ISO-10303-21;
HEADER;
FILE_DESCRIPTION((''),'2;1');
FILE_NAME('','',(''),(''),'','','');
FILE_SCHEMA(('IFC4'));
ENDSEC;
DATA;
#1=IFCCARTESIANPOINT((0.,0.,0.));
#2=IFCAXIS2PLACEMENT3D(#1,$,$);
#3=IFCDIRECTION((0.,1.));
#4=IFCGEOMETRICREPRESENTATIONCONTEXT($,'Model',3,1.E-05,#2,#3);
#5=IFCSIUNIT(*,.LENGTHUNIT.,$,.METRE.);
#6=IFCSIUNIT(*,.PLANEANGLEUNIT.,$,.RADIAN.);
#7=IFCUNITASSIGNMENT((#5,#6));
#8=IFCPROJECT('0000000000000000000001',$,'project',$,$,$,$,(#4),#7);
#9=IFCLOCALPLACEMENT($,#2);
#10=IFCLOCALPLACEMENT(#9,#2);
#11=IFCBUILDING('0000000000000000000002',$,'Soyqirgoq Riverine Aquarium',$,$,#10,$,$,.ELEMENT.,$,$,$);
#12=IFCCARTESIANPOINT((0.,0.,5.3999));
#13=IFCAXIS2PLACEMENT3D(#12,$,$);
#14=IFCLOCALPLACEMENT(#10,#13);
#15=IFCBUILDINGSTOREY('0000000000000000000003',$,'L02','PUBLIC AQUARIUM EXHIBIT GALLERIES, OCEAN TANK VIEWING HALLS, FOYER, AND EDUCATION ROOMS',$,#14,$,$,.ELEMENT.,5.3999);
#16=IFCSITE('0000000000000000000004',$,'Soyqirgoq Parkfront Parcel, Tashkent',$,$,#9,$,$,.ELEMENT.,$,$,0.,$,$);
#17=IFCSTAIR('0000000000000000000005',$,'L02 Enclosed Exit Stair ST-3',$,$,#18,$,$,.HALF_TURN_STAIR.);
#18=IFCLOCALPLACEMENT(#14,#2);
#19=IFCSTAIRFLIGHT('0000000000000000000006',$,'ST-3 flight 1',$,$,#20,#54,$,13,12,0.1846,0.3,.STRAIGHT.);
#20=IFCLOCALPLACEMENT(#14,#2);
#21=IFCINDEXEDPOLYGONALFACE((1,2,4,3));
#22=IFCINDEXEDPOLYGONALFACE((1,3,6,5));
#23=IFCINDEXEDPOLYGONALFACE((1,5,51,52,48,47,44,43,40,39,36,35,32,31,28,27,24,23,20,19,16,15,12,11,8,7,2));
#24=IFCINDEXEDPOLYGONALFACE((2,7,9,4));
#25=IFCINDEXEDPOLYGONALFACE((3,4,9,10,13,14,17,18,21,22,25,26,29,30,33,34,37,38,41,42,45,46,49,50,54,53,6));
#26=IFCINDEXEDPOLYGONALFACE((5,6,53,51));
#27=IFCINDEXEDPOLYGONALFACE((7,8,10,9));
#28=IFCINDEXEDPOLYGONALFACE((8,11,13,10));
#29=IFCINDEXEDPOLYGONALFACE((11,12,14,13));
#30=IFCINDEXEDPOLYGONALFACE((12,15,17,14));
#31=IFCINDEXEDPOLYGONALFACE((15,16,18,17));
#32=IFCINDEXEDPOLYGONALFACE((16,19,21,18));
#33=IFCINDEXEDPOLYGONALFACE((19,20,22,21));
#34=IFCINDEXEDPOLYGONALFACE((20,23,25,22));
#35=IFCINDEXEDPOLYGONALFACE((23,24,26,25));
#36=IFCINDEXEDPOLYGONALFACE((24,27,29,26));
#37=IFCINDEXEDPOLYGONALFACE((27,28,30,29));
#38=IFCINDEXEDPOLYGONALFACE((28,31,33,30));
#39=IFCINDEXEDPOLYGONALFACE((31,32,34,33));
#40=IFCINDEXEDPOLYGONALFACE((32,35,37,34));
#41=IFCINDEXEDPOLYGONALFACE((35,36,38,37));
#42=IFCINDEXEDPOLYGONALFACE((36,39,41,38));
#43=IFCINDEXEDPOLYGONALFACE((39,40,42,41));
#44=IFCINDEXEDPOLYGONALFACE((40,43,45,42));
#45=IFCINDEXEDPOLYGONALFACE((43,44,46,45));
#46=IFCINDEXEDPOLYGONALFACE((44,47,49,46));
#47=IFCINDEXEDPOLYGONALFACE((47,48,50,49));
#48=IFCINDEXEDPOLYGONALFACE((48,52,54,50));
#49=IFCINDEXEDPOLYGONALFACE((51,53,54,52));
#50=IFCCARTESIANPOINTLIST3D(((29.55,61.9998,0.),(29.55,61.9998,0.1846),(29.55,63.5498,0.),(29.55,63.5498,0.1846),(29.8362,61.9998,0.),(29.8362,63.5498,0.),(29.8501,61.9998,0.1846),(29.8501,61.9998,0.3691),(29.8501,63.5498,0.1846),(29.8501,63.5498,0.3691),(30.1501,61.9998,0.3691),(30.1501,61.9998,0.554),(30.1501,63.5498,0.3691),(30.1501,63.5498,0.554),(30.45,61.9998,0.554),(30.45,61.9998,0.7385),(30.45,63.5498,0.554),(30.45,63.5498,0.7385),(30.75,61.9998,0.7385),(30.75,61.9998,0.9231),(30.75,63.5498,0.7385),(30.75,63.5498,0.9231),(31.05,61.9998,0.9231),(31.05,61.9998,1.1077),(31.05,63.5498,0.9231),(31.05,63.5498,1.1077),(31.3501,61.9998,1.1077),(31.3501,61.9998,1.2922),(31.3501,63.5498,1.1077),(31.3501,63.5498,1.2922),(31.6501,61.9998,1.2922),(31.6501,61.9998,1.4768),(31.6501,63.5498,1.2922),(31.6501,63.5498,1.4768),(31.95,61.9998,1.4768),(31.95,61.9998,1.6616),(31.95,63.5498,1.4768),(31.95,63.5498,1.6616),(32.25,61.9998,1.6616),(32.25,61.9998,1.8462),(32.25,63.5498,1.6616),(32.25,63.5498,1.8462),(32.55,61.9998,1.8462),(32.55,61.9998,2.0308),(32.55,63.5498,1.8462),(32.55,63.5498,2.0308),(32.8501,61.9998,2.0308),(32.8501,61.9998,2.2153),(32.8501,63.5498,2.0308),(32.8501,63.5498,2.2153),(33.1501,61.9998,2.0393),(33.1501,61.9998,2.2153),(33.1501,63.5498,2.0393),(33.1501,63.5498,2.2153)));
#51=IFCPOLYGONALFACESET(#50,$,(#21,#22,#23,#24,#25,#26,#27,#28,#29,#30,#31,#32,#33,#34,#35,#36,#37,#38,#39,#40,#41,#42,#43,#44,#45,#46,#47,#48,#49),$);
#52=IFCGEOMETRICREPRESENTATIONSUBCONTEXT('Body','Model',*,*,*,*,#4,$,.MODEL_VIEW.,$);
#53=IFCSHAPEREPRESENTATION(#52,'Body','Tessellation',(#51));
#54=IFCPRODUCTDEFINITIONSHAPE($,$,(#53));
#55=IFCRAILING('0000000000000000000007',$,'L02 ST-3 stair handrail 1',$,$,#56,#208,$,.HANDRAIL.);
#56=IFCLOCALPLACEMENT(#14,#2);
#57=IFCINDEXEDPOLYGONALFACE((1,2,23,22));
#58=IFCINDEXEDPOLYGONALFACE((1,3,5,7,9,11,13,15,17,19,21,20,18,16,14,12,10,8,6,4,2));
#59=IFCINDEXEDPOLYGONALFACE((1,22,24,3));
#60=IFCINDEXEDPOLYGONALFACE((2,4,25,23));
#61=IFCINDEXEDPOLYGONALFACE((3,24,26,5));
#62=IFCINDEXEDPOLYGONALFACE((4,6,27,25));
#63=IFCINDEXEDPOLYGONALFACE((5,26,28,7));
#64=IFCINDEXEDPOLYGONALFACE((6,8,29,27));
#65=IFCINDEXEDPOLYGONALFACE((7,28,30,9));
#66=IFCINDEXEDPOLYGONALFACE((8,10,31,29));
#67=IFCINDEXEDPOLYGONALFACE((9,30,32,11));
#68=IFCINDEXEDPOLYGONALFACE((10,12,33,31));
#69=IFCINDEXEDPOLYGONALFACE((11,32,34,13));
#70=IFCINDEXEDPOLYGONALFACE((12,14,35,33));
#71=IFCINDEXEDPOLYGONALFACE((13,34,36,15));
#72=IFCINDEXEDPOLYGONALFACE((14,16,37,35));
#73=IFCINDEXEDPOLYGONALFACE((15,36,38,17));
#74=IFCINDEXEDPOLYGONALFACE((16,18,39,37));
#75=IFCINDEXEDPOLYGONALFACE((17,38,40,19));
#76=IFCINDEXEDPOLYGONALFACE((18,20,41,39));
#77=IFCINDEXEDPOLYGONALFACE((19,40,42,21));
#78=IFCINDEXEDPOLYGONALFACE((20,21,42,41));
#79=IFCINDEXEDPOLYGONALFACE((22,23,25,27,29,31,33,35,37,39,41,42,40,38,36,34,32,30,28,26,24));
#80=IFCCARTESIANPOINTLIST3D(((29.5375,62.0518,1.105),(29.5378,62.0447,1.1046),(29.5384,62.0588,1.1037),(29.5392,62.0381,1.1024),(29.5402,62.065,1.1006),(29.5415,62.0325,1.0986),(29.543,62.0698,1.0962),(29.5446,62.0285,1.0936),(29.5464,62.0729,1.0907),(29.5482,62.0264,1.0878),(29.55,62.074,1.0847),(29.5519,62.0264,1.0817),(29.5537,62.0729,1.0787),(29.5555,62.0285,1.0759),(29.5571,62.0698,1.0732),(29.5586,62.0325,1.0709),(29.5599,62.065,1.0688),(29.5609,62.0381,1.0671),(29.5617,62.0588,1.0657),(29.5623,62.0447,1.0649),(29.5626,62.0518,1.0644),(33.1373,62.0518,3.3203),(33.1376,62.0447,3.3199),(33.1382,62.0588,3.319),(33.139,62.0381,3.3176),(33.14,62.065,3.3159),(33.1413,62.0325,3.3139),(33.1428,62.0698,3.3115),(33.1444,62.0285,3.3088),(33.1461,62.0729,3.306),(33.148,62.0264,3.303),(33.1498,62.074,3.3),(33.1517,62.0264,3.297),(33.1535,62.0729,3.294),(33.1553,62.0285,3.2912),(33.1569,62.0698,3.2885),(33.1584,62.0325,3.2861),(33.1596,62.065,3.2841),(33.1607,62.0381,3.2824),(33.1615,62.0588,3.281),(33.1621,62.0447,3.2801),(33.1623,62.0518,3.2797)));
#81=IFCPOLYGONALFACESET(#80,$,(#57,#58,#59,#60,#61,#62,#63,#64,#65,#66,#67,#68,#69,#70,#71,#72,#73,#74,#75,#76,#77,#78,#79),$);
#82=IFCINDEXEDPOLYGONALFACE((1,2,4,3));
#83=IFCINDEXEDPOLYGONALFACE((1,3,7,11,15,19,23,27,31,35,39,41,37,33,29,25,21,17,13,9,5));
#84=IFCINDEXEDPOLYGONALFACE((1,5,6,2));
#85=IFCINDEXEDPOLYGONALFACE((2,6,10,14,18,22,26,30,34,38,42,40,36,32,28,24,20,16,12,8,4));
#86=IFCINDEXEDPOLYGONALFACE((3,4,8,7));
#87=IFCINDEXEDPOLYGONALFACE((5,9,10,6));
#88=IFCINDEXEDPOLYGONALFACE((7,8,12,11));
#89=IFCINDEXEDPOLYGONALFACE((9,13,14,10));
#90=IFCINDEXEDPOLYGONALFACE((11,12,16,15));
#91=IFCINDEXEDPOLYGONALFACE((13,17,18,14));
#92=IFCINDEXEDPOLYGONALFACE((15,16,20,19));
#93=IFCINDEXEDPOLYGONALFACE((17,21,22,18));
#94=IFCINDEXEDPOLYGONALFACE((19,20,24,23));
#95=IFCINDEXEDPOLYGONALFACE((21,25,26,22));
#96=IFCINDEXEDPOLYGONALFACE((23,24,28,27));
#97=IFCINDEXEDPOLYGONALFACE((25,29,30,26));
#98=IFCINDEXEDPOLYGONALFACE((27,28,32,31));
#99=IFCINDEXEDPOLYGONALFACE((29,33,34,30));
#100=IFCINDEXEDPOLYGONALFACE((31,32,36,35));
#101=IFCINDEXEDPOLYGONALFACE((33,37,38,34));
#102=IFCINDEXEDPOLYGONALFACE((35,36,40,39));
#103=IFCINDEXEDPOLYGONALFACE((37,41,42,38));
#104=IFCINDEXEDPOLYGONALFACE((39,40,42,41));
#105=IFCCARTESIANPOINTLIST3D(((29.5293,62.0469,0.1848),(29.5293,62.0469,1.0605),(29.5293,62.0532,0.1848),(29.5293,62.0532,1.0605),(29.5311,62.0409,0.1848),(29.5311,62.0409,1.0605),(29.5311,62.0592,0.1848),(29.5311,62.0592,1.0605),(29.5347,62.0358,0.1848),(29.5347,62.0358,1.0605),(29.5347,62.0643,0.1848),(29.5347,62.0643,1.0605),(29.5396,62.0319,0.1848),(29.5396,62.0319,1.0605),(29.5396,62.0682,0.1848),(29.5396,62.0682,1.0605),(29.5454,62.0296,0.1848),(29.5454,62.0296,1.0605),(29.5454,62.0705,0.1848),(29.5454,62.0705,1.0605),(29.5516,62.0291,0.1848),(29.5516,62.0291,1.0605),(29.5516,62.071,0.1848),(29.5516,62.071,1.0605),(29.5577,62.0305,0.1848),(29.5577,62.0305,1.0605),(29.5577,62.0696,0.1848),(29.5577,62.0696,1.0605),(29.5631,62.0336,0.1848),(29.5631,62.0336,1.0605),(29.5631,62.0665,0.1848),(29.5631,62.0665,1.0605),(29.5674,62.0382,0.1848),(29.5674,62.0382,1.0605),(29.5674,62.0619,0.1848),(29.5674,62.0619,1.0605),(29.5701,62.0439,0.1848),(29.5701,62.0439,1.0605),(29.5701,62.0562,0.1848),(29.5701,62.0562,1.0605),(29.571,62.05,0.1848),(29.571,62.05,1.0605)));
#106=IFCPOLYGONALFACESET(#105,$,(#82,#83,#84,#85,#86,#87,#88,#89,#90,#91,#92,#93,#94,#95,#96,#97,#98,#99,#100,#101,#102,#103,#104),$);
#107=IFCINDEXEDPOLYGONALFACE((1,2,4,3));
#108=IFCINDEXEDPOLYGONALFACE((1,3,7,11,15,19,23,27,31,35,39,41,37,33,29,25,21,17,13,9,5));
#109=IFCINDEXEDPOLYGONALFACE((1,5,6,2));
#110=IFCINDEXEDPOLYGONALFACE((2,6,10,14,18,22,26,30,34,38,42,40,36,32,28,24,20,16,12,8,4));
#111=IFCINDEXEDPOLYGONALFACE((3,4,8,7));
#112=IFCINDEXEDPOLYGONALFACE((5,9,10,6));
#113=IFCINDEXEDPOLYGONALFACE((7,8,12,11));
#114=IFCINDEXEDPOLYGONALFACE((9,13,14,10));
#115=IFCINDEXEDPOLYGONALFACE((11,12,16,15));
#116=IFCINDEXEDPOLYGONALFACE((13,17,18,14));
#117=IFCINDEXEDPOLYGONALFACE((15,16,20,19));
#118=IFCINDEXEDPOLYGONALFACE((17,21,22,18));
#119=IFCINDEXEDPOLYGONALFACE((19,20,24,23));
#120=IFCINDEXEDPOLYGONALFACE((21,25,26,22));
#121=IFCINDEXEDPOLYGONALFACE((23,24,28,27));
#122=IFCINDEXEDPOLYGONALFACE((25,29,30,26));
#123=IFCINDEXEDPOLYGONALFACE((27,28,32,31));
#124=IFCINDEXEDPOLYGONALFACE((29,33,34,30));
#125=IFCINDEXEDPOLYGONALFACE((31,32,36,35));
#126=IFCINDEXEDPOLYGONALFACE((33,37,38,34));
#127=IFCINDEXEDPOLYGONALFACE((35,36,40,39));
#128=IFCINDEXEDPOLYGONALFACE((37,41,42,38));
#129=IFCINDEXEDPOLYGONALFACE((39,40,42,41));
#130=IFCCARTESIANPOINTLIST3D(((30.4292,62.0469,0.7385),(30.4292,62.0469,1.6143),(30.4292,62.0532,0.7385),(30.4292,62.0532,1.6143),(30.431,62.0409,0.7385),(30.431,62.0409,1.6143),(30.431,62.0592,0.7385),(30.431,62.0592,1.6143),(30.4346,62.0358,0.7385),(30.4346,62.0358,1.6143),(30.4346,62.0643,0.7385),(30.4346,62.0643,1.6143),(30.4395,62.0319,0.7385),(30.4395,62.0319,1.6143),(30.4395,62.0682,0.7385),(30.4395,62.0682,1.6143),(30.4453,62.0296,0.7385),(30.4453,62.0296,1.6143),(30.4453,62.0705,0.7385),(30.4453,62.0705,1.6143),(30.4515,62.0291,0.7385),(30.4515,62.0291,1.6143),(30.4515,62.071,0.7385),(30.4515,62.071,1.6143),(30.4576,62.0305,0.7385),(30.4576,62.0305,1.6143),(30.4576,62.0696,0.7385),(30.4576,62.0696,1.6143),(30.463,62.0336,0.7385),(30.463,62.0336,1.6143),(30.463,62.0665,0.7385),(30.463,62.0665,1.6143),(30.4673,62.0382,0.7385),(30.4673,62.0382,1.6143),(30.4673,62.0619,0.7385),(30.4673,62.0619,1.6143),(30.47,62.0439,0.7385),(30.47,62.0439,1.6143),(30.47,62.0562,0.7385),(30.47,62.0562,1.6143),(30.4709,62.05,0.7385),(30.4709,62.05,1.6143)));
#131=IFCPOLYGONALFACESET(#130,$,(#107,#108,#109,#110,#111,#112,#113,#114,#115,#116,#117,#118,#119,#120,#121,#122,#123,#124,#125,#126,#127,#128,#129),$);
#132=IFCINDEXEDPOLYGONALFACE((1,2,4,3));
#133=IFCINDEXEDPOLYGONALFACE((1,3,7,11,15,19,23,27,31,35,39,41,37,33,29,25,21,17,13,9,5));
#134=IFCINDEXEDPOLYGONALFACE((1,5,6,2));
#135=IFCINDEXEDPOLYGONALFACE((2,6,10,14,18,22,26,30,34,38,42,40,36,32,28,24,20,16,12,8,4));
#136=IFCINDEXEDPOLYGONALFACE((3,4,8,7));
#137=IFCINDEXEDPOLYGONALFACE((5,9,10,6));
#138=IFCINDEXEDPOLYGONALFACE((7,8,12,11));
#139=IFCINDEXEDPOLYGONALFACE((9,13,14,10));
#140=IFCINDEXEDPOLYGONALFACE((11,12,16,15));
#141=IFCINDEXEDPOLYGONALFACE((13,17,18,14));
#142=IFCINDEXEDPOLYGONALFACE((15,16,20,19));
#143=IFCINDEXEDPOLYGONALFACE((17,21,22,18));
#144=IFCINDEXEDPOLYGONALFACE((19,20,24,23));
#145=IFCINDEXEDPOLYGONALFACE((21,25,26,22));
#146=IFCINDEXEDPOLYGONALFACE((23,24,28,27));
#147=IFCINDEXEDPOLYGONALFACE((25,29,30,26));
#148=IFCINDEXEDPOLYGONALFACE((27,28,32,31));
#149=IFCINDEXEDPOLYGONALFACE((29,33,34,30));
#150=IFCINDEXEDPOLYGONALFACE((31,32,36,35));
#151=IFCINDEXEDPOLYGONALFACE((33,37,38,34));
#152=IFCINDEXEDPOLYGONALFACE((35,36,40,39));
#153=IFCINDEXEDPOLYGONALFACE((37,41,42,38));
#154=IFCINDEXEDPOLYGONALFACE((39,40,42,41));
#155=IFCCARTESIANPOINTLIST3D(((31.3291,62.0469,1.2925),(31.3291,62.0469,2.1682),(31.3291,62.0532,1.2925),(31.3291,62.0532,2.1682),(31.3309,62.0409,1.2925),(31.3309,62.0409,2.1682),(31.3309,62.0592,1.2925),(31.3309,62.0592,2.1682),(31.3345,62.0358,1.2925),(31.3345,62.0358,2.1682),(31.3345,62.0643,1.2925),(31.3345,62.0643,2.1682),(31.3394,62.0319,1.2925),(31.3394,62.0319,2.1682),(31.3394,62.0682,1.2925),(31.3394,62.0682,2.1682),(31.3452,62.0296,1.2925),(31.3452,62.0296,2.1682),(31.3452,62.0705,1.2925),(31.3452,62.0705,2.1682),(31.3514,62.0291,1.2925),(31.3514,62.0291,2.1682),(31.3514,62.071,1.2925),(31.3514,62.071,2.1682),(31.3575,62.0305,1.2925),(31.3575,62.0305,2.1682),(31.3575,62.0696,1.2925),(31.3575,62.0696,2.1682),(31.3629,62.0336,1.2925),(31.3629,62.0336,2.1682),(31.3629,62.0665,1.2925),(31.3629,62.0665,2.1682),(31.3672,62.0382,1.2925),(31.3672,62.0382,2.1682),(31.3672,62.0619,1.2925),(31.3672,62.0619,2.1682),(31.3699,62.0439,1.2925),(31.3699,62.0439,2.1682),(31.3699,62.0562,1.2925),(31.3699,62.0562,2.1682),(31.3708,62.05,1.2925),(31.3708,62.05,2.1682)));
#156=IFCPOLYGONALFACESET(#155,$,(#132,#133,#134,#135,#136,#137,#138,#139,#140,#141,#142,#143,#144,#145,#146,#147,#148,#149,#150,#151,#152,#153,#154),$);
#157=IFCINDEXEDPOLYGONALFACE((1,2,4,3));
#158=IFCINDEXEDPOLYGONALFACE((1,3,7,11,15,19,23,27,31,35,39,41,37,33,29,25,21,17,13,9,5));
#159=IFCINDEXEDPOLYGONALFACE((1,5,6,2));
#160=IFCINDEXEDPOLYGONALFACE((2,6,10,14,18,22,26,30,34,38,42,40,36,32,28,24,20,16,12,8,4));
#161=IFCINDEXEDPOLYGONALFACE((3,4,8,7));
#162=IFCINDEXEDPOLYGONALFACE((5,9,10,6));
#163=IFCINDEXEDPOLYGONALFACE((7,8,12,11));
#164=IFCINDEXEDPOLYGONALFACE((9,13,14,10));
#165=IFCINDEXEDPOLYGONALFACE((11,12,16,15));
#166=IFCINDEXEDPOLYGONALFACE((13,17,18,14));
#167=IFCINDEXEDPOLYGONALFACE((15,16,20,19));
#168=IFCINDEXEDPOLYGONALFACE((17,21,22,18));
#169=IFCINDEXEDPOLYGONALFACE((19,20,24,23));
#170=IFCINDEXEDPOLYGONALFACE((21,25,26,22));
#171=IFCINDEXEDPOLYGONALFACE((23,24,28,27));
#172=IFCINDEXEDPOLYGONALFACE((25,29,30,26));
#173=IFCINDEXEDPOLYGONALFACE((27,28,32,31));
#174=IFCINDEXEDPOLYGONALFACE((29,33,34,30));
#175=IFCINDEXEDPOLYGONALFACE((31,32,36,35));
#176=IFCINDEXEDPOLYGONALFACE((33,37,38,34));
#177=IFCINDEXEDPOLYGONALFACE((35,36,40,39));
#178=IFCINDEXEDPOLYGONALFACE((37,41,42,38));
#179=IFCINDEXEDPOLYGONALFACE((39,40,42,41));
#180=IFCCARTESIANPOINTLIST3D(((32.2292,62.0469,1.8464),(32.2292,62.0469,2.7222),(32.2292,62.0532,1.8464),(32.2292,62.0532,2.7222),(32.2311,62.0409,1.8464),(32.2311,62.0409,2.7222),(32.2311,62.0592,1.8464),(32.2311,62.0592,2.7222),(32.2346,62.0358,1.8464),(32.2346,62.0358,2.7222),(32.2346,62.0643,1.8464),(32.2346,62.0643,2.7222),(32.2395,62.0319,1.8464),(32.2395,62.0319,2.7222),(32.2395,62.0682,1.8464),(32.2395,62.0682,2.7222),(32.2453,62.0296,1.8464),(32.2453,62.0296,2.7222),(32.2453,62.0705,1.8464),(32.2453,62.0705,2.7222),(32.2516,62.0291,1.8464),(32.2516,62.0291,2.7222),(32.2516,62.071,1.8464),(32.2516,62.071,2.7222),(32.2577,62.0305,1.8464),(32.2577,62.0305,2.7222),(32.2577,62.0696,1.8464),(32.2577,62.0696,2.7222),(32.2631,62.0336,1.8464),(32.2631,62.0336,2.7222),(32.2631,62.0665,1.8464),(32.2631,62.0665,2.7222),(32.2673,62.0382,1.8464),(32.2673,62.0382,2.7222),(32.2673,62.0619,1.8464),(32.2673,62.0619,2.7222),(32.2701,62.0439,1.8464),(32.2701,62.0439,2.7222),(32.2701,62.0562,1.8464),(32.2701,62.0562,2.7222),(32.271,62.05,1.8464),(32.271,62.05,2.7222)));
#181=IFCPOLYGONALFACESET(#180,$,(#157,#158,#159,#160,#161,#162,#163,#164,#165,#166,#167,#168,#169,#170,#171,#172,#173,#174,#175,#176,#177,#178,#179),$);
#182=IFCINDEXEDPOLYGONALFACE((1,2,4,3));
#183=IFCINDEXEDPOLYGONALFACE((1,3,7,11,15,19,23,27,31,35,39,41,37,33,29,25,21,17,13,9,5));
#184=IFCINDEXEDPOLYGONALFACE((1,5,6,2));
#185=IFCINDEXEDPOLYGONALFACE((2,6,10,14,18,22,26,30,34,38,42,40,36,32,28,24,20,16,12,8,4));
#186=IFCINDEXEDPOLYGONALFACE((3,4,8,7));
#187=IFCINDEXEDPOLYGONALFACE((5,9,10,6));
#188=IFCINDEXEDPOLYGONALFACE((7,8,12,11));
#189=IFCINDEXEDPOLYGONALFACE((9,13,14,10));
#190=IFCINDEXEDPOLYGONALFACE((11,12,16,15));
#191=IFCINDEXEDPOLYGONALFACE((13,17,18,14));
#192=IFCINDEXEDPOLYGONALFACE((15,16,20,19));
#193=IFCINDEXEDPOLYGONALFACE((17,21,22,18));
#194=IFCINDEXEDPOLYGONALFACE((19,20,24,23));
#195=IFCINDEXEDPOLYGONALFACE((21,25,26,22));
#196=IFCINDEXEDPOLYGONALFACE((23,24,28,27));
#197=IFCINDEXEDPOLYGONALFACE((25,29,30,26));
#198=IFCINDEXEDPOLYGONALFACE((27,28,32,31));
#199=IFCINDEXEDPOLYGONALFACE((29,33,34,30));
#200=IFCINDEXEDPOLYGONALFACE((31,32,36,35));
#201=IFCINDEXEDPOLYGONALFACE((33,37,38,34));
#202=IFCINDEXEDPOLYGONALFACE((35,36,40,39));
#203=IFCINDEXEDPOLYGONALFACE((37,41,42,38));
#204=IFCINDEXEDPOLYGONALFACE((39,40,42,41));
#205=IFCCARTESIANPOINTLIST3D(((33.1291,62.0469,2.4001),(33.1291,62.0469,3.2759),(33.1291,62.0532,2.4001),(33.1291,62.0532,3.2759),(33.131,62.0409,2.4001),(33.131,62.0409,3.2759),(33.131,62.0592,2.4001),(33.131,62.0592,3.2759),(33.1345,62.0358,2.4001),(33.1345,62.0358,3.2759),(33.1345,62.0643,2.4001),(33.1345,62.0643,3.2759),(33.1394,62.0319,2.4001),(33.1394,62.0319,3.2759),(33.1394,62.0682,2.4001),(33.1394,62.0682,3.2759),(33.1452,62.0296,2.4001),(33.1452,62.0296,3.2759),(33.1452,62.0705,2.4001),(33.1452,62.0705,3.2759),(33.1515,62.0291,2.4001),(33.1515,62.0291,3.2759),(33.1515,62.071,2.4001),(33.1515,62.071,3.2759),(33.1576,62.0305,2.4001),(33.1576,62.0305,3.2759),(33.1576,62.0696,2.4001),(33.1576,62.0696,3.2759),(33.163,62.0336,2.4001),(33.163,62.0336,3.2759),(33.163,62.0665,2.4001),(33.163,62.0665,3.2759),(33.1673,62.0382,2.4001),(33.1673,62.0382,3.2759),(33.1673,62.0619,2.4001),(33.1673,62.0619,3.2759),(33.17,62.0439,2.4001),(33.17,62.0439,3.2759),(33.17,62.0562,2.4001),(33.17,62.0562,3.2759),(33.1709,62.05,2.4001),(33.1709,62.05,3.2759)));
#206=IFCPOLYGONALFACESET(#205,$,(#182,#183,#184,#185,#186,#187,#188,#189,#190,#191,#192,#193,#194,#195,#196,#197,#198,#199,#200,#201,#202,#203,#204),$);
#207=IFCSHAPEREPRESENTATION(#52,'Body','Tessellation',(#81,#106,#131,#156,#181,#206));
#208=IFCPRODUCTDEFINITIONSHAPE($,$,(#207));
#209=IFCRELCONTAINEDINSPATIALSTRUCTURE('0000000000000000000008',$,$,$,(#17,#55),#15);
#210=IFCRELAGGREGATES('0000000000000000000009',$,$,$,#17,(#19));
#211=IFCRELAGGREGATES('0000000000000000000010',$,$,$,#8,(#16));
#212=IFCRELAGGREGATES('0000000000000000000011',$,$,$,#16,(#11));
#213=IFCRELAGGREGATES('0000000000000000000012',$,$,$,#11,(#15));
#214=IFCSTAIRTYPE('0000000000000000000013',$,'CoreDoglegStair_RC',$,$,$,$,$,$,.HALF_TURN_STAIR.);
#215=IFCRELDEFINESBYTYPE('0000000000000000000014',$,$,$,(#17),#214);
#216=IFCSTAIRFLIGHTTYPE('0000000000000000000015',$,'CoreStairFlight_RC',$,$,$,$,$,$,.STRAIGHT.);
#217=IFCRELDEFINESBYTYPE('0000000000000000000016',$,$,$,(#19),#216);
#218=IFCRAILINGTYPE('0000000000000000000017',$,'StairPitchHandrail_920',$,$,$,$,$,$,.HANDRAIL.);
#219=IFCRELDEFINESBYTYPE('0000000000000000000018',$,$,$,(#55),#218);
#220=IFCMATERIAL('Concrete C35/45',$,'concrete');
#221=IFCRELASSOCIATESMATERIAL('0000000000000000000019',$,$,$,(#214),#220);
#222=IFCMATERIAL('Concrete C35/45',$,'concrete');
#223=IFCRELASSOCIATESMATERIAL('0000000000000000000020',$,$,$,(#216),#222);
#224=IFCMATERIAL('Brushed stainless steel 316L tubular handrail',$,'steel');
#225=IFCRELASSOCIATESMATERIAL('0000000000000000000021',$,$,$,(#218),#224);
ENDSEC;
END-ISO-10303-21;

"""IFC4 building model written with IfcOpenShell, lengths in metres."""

from ifc_helpers import new_model, si_unit, direction, frame, origin, origin_2d, place, context, subcontext, project, spatial, polyline, circle, outline, extrude, material, type_object, element, aggregate, save


model = new_model("IFC4")

# Units and contexts
model_context = context("Model", 3, precision=1e-05, world=origin(), true_north=direction((0.0, 1.0)))
body_context = subcontext(model_context, "Body", "Model", "MODEL_VIEW")
ifc_project = project(units=[si_unit("LENGTHUNIT", "METRE"), si_unit("PLANEANGLEUNIT", "RADIAN")], contexts=[model_context])

# Site, building, storey
site_placement = place(None, origin())
site = spatial("IfcSite", under=ifc_project, at=site_placement, Name="Soyqirgoq Parkfront Parcel, Tashkent", CompositionType="ELEMENT", RefElevation=0.0)
building_placement = place(site_placement, origin())
building = spatial("IfcBuilding", under=site, at=building_placement, Name="Soyqirgoq Riverine Aquarium", CompositionType="ELEMENT")
storey_placement = place(building_placement, frame((0.0, 0.0, 5.3999)))
storey = spatial("IfcBuildingStorey", under=building, at=storey_placement, Name="L02", Description="PUBLIC AQUARIUM EXHIBIT GALLERIES, OCEAN TANK VIEWING HALLS, FOYER, AND EDUCATION ROOMS", CompositionType="ELEMENT", Elevation=5.3999)

# Stair, stair flight
ifc_material_1 = material(Name="Concrete C35/45", Category="concrete")
stair_type = type_object("IfcStairType", Name="CoreDoglegStair_RC", PredefinedType="HALF_TURN_STAIR", material=ifc_material_1)
stair_placement = place(storey_placement, origin())
stair = element("IfcStair", 1, at=stair_placement, inside=storey, type_object=stair_type, Name="L02 Enclosed Exit Stair ST-3", PredefinedType="HALF_TURN_STAIR")
ifc_material_2 = material(Name="Concrete C35/45", Category="concrete")
stair_flight_type = type_object("IfcStairFlightType", Name="CoreStairFlight_RC", PredefinedType="STRAIGHT", material=ifc_material_2)
stair_flight_placement = place(storey_placement, frame((29.55, 62.7749, 0.0), z_axis=(0.0, 0.0, 1.0), x_axis=(1.0, 0.0, 0.0)))
stair_flight = element("IfcStairFlight", 2, at=stair_flight_placement, type_object=stair_flight_type, Name="ST-3 flight 1", NumberOfRisers=13, NumberOfTreads=12, PredefinedType="STRAIGHT", RiserHeight=0.1846, TreadLength=0.3, context=body_context, shape_type="SweptSolid", body=[
    extrude(outline(polyline([(0.0, 0.0), (0.0, 0.1846), (0.3, 0.1846), (0.3, 0.3691), (0.6001, 0.3691), (0.6001, 0.554), (0.8999, 0.554), (0.8999, 0.7385), (1.2, 0.7385), (1.2, 0.9231), (1.5, 0.9231), (1.5, 1.1077), (1.8, 1.1077), (1.8, 1.2922), (2.1001, 1.2922), (2.1001, 1.4768), (2.3999, 1.4768), (2.3999, 1.6616), (2.7, 1.6616), (2.7, 1.8462), (3.0, 1.8462), (3.0, 2.0308), (3.3, 2.0308), (3.3, 2.2153), (3.6001, 2.2153), (3.6001, 2.3999), (3.6001, 2.0393), (0.2861, 0.0), (0.0, 0.0)])), frame((0.0, 0.7749, 0.0), z_axis=(0.0, -1.0, 0.0), x_axis=(1.0, 0.0, 0.0)), (0.0, 0.0, 1.0), 1.55),
])
aggregate(stair, [stair_flight])

# Railing
ifc_material_3 = material(Name="Brushed stainless steel 316L tubular handrail", Category="steel")
railing_type_1 = type_object("IfcRailingType", Name="StairPitchHandrail_920", PredefinedType="HANDRAIL", material=ifc_material_3)
railing_1_placement = place(storey_placement, frame((29.55, 62.05, 0.1848)))
element("IfcRailing", 3, at=railing_1_placement, inside=storey, type_object=railing_type_1, Name="L02 ST-3 stair handrail 1", PredefinedType="HANDRAIL", context=body_context, shape_type="SweptSolid", body=[
    extrude(circle(Radius=0.0239, at=origin_2d()), frame((0.0, 0.0, 0.8999), z_axis=(0.851654, 0.0, 0.524104), x_axis=(0.0, 1.0, 0.0)), (0.0, 0.0, 1.0), 4.2268),
    extrude(circle(Radius=0.021, at=origin_2d()), origin(), (0.0, 0.0, 1.0), 0.8757),
    extrude(circle(Radius=0.021, at=origin_2d()), frame((0.8999, 0.0, 0.5537)), (0.0, 0.0, 1.0), 0.8757),
    extrude(circle(Radius=0.021, at=origin_2d()), frame((1.7998, 0.0, 1.1077)), (0.0, 0.0, 1.0), 0.8757),
    extrude(circle(Radius=0.021, at=origin_2d()), frame((2.7, 0.0, 1.6616)), (0.0, 0.0, 1.0), 0.8757),
    extrude(circle(Radius=0.021, at=origin_2d()), frame((3.5999, 0.0, 2.2153)), (0.0, 0.0, 1.0), 0.8757),
])

save(model, "model.ifc")
